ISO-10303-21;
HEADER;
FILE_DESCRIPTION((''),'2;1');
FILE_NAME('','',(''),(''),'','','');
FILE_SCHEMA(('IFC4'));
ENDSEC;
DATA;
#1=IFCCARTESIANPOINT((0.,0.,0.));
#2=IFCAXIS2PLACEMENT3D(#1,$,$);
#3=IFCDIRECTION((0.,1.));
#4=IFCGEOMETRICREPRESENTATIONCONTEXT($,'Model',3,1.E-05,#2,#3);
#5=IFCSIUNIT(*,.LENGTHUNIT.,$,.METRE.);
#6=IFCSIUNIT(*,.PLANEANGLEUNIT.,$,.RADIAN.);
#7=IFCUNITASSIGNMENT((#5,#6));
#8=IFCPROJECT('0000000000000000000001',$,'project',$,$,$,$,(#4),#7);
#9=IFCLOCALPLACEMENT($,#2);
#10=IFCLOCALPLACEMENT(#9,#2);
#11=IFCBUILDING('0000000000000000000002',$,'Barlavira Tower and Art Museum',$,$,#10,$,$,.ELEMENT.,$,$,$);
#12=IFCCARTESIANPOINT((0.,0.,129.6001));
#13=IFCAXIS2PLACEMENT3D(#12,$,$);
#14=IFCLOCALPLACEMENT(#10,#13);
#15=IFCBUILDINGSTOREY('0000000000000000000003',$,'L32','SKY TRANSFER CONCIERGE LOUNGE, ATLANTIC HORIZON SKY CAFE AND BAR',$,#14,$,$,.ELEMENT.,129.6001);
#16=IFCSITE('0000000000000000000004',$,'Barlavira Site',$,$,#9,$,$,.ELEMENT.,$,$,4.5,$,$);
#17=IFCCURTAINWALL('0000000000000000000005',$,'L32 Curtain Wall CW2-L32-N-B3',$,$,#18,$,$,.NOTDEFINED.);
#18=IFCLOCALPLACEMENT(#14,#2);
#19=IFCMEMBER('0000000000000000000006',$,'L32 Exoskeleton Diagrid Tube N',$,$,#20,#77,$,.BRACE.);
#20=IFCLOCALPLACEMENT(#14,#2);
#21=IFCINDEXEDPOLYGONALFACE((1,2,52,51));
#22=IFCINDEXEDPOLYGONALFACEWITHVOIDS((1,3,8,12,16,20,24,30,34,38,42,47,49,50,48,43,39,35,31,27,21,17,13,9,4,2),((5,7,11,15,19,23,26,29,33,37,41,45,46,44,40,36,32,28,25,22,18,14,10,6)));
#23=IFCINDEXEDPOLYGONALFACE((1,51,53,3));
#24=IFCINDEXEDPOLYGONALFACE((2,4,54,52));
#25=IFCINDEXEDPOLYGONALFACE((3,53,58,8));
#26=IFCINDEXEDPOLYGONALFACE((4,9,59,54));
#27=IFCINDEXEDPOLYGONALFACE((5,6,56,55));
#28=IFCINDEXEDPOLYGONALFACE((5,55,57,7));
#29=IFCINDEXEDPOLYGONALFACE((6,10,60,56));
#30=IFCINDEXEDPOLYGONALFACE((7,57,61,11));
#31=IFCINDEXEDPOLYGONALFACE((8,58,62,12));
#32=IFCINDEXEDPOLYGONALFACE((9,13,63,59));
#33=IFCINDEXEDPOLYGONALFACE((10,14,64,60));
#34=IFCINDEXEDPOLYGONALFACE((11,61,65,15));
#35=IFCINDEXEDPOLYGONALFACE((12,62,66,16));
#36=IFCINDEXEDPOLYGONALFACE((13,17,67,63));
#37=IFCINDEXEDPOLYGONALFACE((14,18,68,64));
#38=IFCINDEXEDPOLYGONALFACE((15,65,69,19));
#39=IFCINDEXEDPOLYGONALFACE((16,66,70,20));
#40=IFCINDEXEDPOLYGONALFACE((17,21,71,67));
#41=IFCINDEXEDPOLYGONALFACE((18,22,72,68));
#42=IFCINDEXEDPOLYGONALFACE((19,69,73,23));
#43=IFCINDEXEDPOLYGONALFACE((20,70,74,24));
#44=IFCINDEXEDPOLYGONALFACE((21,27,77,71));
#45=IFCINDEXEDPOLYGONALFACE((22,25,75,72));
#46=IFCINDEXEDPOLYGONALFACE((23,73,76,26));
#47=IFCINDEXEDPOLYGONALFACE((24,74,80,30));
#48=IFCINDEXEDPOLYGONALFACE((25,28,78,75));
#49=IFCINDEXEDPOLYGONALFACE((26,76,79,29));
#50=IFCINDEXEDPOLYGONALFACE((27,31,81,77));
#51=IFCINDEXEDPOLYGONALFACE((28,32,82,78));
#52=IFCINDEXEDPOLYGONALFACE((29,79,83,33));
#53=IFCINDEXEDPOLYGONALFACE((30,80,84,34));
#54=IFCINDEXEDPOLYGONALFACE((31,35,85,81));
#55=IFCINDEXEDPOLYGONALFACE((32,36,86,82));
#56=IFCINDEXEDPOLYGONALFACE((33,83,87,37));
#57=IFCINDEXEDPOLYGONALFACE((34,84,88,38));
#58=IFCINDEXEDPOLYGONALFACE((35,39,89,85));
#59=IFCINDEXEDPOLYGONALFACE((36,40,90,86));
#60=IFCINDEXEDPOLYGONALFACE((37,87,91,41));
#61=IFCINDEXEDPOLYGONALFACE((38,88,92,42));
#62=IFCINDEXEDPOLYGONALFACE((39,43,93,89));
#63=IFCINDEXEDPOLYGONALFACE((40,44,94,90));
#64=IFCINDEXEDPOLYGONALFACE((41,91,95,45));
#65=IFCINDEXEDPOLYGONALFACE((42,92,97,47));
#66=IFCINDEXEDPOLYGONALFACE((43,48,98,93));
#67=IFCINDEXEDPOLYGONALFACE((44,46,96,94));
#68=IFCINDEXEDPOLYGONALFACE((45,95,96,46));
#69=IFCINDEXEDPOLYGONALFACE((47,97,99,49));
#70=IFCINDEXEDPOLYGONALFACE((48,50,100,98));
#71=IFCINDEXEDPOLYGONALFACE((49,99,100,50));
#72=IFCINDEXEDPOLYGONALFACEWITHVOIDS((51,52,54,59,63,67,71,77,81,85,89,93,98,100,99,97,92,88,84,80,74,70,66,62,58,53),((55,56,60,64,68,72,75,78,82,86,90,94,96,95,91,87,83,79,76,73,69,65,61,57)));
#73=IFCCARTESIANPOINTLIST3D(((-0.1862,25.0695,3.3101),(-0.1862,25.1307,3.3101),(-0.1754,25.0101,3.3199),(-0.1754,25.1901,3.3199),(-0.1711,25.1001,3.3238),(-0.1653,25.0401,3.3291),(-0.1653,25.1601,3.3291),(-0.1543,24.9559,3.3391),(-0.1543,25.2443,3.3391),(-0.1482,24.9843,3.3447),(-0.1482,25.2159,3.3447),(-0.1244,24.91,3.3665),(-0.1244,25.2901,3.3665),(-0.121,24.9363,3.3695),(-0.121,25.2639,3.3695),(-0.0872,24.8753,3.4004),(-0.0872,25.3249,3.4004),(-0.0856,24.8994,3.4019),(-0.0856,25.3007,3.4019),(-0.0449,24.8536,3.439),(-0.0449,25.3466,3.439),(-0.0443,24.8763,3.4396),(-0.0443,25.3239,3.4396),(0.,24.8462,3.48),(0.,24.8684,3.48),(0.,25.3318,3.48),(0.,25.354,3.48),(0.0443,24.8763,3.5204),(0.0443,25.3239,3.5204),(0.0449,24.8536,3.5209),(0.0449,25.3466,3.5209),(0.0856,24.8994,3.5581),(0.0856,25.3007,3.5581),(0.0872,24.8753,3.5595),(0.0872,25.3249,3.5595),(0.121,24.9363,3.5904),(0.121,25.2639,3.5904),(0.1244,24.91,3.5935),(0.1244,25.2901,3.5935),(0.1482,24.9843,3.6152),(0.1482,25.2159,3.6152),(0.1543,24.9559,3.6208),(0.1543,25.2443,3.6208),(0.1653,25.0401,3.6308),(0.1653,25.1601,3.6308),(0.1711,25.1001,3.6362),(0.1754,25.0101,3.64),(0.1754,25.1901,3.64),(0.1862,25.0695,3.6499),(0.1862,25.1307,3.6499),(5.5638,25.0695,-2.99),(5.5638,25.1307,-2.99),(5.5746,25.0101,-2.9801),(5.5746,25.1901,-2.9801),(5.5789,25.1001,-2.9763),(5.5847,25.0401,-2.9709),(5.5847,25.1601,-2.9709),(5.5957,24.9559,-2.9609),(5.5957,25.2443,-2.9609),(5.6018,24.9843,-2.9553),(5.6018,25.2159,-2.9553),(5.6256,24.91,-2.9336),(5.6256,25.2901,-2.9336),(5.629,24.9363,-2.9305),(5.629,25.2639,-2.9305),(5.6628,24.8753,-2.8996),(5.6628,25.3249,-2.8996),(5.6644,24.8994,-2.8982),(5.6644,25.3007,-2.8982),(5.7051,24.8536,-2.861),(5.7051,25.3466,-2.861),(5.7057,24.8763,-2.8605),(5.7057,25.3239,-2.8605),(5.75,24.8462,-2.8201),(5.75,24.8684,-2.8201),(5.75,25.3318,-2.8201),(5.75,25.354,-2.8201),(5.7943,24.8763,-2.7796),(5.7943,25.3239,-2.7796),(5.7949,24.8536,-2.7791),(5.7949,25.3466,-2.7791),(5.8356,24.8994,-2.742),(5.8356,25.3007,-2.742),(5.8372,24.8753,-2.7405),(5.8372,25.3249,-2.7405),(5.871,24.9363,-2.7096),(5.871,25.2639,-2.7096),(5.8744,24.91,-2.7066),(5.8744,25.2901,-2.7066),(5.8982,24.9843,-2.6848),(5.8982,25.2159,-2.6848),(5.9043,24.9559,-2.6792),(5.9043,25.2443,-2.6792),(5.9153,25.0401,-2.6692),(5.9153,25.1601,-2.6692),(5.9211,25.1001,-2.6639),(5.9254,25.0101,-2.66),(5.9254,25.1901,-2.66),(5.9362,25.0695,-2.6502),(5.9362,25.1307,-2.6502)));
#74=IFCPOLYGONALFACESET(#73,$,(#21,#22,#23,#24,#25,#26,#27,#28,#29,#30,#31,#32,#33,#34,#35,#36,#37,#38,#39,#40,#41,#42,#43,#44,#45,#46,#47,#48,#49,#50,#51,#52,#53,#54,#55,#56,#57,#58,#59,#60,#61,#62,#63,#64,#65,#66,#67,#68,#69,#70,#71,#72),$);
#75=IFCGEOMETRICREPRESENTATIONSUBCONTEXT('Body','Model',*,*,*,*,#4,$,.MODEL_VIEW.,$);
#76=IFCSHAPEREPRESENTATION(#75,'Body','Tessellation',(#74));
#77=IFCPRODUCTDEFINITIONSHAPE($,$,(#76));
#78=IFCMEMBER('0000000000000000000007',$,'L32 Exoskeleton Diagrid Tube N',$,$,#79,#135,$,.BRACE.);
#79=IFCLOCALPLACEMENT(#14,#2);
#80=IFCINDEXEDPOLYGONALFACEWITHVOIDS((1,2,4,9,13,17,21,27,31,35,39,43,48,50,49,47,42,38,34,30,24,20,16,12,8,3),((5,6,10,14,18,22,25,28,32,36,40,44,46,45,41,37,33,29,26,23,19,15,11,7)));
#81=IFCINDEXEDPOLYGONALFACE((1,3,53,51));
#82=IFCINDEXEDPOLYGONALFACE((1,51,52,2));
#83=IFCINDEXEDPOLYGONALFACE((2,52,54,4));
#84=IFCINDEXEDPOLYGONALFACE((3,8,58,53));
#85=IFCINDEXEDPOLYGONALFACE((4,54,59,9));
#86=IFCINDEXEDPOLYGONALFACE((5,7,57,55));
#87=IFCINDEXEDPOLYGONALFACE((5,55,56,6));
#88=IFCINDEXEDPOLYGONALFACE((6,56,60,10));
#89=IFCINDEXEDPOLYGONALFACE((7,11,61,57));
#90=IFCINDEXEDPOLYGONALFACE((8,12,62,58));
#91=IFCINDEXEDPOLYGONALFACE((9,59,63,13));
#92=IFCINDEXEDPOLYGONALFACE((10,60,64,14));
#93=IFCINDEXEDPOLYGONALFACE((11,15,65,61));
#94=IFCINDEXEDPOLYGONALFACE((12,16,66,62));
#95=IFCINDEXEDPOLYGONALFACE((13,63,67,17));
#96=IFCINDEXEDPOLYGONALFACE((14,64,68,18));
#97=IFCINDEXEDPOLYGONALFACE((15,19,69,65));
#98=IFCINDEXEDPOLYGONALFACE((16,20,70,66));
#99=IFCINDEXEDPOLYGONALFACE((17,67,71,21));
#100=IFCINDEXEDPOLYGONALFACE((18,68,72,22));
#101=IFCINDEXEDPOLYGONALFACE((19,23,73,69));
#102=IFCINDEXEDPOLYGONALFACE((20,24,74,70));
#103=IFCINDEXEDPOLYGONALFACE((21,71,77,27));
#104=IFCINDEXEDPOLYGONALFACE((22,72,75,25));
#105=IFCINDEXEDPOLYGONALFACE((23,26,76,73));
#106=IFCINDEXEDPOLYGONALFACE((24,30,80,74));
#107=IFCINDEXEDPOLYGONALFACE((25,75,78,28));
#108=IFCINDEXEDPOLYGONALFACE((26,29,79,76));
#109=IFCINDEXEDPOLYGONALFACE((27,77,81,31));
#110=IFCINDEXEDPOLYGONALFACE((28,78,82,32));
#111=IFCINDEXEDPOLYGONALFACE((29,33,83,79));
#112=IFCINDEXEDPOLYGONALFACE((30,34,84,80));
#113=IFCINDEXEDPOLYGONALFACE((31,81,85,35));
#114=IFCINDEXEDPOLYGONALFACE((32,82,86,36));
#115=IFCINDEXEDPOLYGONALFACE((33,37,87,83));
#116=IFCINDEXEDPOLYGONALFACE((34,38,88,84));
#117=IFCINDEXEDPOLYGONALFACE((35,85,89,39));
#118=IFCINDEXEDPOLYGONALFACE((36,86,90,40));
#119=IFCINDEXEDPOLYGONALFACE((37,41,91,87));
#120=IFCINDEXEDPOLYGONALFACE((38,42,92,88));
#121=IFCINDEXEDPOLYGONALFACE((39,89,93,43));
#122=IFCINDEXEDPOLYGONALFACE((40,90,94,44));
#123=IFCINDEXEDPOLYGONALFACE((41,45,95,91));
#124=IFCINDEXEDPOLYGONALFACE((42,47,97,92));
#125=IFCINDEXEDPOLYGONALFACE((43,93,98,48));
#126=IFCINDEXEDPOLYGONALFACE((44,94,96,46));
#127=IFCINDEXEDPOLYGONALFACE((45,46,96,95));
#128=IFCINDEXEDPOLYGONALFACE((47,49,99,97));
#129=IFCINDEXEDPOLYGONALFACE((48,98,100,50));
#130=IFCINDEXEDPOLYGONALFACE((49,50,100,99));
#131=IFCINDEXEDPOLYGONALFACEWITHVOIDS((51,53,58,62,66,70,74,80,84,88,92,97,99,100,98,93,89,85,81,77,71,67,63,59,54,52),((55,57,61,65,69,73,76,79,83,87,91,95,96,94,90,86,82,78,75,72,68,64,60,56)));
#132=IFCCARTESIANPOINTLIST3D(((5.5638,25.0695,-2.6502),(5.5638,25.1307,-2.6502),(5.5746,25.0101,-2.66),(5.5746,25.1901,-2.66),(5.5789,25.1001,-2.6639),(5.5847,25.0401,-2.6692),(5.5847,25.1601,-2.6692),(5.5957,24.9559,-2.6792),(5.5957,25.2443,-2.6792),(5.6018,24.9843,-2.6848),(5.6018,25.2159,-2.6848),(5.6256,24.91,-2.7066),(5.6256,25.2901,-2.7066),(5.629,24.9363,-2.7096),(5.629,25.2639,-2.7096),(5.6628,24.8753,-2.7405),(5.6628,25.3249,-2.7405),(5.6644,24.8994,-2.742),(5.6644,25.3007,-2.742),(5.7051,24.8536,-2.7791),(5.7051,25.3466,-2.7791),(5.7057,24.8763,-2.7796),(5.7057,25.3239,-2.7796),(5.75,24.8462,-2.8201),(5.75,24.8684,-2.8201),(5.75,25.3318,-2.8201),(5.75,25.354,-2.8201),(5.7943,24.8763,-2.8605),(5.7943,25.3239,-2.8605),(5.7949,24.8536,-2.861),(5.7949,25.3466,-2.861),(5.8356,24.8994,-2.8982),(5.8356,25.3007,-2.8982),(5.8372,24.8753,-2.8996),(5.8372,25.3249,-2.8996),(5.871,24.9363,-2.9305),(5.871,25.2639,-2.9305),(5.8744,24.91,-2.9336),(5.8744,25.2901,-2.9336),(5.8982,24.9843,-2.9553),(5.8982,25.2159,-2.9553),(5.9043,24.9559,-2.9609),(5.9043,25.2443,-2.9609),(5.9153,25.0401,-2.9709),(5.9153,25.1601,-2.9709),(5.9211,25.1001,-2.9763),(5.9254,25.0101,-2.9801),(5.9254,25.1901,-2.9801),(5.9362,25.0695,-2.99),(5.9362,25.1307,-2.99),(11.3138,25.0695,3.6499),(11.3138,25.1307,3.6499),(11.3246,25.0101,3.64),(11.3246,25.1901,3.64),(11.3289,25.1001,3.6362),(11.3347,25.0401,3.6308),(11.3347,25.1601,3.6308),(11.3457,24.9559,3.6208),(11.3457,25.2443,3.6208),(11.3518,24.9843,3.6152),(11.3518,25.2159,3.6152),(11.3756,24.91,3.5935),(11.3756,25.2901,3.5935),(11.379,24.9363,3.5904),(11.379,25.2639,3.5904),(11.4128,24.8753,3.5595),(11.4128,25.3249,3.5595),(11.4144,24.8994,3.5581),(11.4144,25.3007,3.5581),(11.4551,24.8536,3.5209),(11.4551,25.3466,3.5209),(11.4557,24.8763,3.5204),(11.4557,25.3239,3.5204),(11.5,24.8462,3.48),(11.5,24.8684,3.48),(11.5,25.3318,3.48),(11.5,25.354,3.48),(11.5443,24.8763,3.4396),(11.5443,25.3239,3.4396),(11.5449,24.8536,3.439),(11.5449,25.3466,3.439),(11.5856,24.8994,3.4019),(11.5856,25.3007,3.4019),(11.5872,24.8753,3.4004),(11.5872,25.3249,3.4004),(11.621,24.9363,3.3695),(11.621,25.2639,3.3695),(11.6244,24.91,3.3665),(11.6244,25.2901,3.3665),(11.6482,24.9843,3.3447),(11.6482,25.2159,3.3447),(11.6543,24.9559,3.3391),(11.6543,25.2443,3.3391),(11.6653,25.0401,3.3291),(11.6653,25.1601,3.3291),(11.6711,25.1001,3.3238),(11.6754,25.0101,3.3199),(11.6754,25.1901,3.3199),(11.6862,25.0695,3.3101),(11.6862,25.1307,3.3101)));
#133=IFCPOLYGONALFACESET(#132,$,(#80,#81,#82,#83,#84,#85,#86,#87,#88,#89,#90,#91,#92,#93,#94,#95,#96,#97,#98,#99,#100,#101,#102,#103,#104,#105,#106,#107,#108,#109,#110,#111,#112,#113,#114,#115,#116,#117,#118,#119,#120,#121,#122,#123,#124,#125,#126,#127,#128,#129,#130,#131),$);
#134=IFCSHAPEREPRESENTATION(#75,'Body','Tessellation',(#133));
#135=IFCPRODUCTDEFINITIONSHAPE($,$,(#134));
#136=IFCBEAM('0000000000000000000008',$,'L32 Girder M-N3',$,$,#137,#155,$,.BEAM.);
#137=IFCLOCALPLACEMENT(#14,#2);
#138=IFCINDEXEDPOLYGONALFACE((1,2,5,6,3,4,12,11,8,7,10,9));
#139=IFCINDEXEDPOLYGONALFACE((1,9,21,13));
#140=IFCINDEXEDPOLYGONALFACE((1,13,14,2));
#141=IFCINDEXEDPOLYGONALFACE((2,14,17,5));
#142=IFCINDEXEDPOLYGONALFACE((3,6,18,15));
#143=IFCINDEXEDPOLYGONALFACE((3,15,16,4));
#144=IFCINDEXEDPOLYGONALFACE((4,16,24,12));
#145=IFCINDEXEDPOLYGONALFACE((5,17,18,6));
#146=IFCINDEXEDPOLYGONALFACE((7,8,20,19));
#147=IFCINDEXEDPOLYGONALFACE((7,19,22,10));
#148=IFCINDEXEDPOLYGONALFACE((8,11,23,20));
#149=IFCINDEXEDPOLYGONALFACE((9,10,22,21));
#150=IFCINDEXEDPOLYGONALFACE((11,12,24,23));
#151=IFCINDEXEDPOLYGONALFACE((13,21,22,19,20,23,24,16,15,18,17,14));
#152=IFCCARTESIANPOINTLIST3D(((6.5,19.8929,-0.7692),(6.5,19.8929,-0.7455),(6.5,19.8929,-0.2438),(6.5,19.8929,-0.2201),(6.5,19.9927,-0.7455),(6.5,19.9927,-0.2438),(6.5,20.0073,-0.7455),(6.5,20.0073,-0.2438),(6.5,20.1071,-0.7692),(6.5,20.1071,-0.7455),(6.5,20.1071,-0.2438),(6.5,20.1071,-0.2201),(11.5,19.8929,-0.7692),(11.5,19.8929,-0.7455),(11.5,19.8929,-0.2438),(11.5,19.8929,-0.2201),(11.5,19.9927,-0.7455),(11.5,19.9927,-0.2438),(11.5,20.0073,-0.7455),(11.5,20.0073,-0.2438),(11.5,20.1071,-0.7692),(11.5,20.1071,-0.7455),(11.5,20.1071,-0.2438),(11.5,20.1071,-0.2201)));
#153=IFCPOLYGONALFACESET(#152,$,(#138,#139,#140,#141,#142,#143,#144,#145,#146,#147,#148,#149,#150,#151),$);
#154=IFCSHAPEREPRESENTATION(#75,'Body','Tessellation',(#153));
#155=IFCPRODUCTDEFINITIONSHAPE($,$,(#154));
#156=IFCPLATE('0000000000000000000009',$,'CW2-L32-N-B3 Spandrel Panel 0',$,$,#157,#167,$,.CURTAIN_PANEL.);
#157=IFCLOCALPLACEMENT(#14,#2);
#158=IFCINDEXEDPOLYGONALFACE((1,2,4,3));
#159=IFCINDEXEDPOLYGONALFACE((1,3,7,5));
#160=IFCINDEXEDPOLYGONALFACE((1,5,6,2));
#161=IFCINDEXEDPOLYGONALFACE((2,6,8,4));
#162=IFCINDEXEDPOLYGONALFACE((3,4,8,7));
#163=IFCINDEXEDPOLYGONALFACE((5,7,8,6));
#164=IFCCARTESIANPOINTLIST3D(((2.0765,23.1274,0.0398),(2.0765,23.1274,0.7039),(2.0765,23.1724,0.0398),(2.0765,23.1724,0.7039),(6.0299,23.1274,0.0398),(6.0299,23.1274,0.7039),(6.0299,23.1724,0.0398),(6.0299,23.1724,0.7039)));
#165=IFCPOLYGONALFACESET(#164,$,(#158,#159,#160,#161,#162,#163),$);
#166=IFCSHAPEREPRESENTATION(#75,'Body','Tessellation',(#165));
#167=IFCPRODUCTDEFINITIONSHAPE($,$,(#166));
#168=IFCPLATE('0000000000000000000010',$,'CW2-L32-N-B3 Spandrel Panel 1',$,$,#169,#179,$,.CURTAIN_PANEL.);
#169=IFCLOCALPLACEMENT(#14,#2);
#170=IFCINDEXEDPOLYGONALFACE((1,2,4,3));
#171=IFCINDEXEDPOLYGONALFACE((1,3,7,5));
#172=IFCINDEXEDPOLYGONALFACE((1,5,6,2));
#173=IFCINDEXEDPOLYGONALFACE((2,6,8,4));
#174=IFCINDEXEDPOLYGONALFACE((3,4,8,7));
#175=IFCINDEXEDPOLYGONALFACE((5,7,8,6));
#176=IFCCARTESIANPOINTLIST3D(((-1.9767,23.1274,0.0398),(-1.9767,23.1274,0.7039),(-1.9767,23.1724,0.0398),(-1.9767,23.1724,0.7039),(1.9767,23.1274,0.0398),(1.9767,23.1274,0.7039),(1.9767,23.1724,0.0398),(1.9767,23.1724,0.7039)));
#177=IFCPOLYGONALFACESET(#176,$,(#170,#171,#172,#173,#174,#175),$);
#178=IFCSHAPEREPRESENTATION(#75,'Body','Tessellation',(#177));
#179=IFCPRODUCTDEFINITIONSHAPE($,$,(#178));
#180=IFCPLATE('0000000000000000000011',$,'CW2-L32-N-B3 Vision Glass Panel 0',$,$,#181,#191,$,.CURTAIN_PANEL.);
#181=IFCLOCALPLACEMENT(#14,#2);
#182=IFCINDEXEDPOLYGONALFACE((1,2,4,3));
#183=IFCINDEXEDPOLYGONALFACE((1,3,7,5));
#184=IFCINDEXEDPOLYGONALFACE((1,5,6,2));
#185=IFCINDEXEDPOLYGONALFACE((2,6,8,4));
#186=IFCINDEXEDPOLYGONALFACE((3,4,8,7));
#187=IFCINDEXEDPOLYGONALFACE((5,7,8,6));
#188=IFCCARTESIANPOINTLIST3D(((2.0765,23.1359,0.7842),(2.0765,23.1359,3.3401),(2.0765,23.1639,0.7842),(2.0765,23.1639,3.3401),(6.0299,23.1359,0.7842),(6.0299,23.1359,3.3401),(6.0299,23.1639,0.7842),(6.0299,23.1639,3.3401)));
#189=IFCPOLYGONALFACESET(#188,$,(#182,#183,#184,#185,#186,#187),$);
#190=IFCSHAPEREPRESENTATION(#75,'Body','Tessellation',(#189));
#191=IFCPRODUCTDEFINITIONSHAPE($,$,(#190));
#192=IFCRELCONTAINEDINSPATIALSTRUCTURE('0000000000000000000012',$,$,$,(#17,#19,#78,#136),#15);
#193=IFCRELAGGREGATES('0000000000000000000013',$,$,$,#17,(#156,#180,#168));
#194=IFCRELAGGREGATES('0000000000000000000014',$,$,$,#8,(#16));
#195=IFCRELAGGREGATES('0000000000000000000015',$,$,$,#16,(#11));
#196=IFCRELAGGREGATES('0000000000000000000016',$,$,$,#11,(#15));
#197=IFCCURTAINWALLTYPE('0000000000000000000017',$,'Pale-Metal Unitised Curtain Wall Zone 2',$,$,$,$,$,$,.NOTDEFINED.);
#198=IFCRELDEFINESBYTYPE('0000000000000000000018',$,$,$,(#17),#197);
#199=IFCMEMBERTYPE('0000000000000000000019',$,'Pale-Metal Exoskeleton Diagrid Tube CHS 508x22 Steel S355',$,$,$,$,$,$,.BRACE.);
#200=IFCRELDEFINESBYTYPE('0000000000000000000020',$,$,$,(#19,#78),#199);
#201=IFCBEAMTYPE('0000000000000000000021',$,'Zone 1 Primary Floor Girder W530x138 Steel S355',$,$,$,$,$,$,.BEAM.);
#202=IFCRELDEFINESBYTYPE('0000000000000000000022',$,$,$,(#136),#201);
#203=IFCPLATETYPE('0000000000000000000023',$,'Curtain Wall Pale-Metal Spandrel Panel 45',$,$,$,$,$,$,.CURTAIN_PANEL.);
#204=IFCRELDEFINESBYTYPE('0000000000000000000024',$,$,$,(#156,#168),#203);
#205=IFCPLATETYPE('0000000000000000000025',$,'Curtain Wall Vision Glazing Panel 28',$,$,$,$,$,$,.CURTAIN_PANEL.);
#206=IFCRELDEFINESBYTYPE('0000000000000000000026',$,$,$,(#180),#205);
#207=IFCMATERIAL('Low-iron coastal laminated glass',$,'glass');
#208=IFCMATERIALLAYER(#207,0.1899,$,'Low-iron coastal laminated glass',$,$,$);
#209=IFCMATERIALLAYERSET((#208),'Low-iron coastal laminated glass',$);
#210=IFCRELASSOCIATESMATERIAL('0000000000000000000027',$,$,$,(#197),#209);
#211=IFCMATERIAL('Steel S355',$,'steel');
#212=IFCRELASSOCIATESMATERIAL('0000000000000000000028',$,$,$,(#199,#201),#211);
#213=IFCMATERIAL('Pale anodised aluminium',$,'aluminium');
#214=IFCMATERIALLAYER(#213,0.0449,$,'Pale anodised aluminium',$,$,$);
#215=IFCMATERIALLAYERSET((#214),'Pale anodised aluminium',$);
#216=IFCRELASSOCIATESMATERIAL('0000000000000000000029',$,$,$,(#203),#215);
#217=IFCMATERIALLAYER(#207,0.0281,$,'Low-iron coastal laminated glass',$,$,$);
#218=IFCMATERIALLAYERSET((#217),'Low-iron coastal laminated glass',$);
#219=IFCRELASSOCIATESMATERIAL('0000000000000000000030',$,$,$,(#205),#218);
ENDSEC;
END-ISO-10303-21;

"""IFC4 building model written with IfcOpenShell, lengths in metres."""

from ifc_helpers import new_model, si_unit, direction, frame, origin, origin_2d, place, context, subcontext, project, spatial, rectangle, hollow_circle, i_section, extrude, material, layer, layer_set, material_profile, profile_set, type_object, element, aggregate, save


model = new_model("IFC4")

# Units and contexts
model_context = context("Model", 3, precision=1e-05, world=origin(), true_north=direction((0.0, 1.0)))
body_context = subcontext(model_context, "Body", "Model", "MODEL_VIEW")
ifc_project = project(units=[si_unit("LENGTHUNIT", "METRE"), si_unit("PLANEANGLEUNIT", "RADIAN")], contexts=[model_context])

# Site, building, storey
site_placement = place(None, origin())
site = spatial("IfcSite", under=ifc_project, at=site_placement, Name="Barlavira Site", CompositionType="ELEMENT", RefElevation=4.5)
building_placement = place(site_placement, origin())
building = spatial("IfcBuilding", under=site, at=building_placement, Name="Barlavira Tower and Art Museum", CompositionType="ELEMENT")
storey_placement = place(building_placement, frame((0.0, 0.0, 129.6001)))
storey = spatial("IfcBuildingStorey", under=building, at=storey_placement, Name="L32", Description="SKY TRANSFER CONCIERGE LOUNGE, ATLANTIC HORIZON SKY CAFE AND BAR", CompositionType="ELEMENT", Elevation=129.6001)

# Curtain wall
ifc_material_1 = material(Name="Low-iron coastal laminated glass", Category="glass")
ifc_layer_1 = layer(ifc_material_1, 0.1899, Name="Low-iron coastal laminated glass")
ifc_layer_set_1 = layer_set([ifc_layer_1], Name="Low-iron coastal laminated glass")
curtain_wall_type = type_object("IfcCurtainWallType", Name="Pale-Metal Unitised Curtain Wall Zone 2", PredefinedType="NOTDEFINED", material=ifc_layer_set_1)
curtain_wall_placement = place(storey_placement, origin())
curtain_wall = element("IfcCurtainWall", 1, at=curtain_wall_placement, inside=storey, type_object=curtain_wall_type, Name="L32 Curtain Wall CW2-L32-N-B3", PredefinedType="NOTDEFINED")
ifc_material_2 = material(Name="Pale anodised aluminium", Category="aluminium")

# Members
ifc_material_3 = material(Name="Steel S355", Category="steel")
ifc_material_profile_1 = material_profile(ifc_material_3, hollow_circle(Radius=0.2539, WallThickness=0.0222, at=origin_2d()), Name="CHS 508.0x22.2")
ifc_profile_set_1 = profile_set([ifc_material_profile_1], Name="Steel S355")
member_type_1 = type_object("IfcMemberType", Name="Pale-Metal Exoskeleton Diagrid Tube CHS 508x22 Steel S355", PredefinedType="BRACE", material=ifc_profile_set_1)
for number, where, z_axis, x_axis, name in (
    (2, (5.75, 25.1001, -2.8201), (-0.674128, 0.0, 0.738615), (0.0, -1.0, 0.0), "L32 Exoskeleton Diagrid Tube N"),
    (3, (5.75, 25.1001, -2.8201), (0.674128, 0.0, 0.738615), (0.0, 1.0, 0.0), "L32 Exoskeleton Diagrid Tube N"),
):
    element("IfcMember", number, at=place(storey_placement, frame(where, z_axis=z_axis, x_axis=x_axis)), inside=storey, type_object=member_type_1, Name=name, PredefinedType="BRACE", context=body_context, shape_type="SweptSolid", body=[
        extrude(hollow_circle(Radius=0.2539, WallThickness=0.0222, at=origin_2d()), origin(), (0.0, 0.0, 1.0), 8.5295),
    ])

# Beam
ifc_material_profile_2 = material_profile(ifc_material_3, i_section(OverallWidth=0.2141, OverallDepth=0.5491, WebThickness=0.0146, FlangeThickness=0.0237, at=origin_2d()), Name="W530x138.0")
ifc_profile_set_2 = profile_set([ifc_material_profile_2], Name="Steel S355")
beam_type = type_object("IfcBeamType", Name="Zone 1 Primary Floor Girder W530x138 Steel S355", PredefinedType="BEAM", material=ifc_profile_set_2)
beam_placement = place(storey_placement, frame((6.5, 20.0, -0.4946), z_axis=(1.0, 0.0, 0.0), x_axis=(0.0, 1.0, 0.0)))
element("IfcBeam", 4, at=beam_placement, inside=storey, type_object=beam_type, Name="L32 Girder M-N3", PredefinedType="BEAM", context=body_context, shape_type="SweptSolid", body=[
    extrude(i_section(OverallWidth=0.2141, OverallDepth=0.5491, WebThickness=0.0146, FlangeThickness=0.0237, at=origin_2d()), origin(), (0.0, 0.0, 1.0), 5.0),
])

# Plates
ifc_layer_2 = layer(ifc_material_2, 0.0449, Name="Pale anodised aluminium")
ifc_layer_set_2 = layer_set([ifc_layer_2], Name="Pale anodised aluminium")
plate_type_1 = type_object("IfcPlateType", Name="Curtain Wall Pale-Metal Spandrel Panel 45", PredefinedType="CURTAIN_PANEL", material=ifc_layer_set_2)
plate_1_placement = place(storey_placement, frame((4.0532, 23.1499, 0.0398), z_axis=(0.0, 0.0, 1.0), x_axis=(-1.0, 0.0, 0.0)))
plate_1 = element("IfcPlate", 5, at=plate_1_placement, type_object=plate_type_1, Name="CW2-L32-N-B3 Spandrel Panel 0", PredefinedType="CURTAIN_PANEL", context=body_context, shape_type="SweptSolid", body=[
    extrude(rectangle(XDim=3.9534, YDim=0.0449, at=origin_2d()), origin(), (0.0, 0.0, 1.0), 0.6641),
])
plate_2_placement = place(storey_placement, frame((0.0, 23.1499, 0.0398), z_axis=(0.0, 0.0, 1.0), x_axis=(-1.0, 0.0, 0.0)))
plate_2 = element("IfcPlate", 6, at=plate_2_placement, type_object=plate_type_1, Name="CW2-L32-N-B3 Spandrel Panel 1", PredefinedType="CURTAIN_PANEL", context=body_context, shape_type="SweptSolid", body=[
    extrude(rectangle(XDim=3.9534, YDim=0.0449, at=origin_2d()), origin(), (0.0, 0.0, 1.0), 0.6641),
])
ifc_layer_3 = layer(ifc_material_1, 0.0281, Name="Low-iron coastal laminated glass")
ifc_layer_set_3 = layer_set([ifc_layer_3], Name="Low-iron coastal laminated glass")
plate_type_2 = type_object("IfcPlateType", Name="Curtain Wall Vision Glazing Panel 28", PredefinedType="CURTAIN_PANEL", material=ifc_layer_set_3)
plate_3_placement = place(storey_placement, frame((4.0532, 23.1499, 0.7842), z_axis=(0.0, 0.0, 1.0), x_axis=(-1.0, 0.0, 0.0)))
plate_3 = element("IfcPlate", 7, at=plate_3_placement, type_object=plate_type_2, Name="CW2-L32-N-B3 Vision Glass Panel 0", PredefinedType="CURTAIN_PANEL", context=body_context, shape_type="SweptSolid", body=[
    extrude(rectangle(XDim=3.9534, YDim=0.0281, at=origin_2d()), origin(), (0.0, 0.0, 1.0), 2.5559),
])
aggregate(curtain_wall, [plate_1, plate_3, plate_2])

save(model, "model.ifc")
